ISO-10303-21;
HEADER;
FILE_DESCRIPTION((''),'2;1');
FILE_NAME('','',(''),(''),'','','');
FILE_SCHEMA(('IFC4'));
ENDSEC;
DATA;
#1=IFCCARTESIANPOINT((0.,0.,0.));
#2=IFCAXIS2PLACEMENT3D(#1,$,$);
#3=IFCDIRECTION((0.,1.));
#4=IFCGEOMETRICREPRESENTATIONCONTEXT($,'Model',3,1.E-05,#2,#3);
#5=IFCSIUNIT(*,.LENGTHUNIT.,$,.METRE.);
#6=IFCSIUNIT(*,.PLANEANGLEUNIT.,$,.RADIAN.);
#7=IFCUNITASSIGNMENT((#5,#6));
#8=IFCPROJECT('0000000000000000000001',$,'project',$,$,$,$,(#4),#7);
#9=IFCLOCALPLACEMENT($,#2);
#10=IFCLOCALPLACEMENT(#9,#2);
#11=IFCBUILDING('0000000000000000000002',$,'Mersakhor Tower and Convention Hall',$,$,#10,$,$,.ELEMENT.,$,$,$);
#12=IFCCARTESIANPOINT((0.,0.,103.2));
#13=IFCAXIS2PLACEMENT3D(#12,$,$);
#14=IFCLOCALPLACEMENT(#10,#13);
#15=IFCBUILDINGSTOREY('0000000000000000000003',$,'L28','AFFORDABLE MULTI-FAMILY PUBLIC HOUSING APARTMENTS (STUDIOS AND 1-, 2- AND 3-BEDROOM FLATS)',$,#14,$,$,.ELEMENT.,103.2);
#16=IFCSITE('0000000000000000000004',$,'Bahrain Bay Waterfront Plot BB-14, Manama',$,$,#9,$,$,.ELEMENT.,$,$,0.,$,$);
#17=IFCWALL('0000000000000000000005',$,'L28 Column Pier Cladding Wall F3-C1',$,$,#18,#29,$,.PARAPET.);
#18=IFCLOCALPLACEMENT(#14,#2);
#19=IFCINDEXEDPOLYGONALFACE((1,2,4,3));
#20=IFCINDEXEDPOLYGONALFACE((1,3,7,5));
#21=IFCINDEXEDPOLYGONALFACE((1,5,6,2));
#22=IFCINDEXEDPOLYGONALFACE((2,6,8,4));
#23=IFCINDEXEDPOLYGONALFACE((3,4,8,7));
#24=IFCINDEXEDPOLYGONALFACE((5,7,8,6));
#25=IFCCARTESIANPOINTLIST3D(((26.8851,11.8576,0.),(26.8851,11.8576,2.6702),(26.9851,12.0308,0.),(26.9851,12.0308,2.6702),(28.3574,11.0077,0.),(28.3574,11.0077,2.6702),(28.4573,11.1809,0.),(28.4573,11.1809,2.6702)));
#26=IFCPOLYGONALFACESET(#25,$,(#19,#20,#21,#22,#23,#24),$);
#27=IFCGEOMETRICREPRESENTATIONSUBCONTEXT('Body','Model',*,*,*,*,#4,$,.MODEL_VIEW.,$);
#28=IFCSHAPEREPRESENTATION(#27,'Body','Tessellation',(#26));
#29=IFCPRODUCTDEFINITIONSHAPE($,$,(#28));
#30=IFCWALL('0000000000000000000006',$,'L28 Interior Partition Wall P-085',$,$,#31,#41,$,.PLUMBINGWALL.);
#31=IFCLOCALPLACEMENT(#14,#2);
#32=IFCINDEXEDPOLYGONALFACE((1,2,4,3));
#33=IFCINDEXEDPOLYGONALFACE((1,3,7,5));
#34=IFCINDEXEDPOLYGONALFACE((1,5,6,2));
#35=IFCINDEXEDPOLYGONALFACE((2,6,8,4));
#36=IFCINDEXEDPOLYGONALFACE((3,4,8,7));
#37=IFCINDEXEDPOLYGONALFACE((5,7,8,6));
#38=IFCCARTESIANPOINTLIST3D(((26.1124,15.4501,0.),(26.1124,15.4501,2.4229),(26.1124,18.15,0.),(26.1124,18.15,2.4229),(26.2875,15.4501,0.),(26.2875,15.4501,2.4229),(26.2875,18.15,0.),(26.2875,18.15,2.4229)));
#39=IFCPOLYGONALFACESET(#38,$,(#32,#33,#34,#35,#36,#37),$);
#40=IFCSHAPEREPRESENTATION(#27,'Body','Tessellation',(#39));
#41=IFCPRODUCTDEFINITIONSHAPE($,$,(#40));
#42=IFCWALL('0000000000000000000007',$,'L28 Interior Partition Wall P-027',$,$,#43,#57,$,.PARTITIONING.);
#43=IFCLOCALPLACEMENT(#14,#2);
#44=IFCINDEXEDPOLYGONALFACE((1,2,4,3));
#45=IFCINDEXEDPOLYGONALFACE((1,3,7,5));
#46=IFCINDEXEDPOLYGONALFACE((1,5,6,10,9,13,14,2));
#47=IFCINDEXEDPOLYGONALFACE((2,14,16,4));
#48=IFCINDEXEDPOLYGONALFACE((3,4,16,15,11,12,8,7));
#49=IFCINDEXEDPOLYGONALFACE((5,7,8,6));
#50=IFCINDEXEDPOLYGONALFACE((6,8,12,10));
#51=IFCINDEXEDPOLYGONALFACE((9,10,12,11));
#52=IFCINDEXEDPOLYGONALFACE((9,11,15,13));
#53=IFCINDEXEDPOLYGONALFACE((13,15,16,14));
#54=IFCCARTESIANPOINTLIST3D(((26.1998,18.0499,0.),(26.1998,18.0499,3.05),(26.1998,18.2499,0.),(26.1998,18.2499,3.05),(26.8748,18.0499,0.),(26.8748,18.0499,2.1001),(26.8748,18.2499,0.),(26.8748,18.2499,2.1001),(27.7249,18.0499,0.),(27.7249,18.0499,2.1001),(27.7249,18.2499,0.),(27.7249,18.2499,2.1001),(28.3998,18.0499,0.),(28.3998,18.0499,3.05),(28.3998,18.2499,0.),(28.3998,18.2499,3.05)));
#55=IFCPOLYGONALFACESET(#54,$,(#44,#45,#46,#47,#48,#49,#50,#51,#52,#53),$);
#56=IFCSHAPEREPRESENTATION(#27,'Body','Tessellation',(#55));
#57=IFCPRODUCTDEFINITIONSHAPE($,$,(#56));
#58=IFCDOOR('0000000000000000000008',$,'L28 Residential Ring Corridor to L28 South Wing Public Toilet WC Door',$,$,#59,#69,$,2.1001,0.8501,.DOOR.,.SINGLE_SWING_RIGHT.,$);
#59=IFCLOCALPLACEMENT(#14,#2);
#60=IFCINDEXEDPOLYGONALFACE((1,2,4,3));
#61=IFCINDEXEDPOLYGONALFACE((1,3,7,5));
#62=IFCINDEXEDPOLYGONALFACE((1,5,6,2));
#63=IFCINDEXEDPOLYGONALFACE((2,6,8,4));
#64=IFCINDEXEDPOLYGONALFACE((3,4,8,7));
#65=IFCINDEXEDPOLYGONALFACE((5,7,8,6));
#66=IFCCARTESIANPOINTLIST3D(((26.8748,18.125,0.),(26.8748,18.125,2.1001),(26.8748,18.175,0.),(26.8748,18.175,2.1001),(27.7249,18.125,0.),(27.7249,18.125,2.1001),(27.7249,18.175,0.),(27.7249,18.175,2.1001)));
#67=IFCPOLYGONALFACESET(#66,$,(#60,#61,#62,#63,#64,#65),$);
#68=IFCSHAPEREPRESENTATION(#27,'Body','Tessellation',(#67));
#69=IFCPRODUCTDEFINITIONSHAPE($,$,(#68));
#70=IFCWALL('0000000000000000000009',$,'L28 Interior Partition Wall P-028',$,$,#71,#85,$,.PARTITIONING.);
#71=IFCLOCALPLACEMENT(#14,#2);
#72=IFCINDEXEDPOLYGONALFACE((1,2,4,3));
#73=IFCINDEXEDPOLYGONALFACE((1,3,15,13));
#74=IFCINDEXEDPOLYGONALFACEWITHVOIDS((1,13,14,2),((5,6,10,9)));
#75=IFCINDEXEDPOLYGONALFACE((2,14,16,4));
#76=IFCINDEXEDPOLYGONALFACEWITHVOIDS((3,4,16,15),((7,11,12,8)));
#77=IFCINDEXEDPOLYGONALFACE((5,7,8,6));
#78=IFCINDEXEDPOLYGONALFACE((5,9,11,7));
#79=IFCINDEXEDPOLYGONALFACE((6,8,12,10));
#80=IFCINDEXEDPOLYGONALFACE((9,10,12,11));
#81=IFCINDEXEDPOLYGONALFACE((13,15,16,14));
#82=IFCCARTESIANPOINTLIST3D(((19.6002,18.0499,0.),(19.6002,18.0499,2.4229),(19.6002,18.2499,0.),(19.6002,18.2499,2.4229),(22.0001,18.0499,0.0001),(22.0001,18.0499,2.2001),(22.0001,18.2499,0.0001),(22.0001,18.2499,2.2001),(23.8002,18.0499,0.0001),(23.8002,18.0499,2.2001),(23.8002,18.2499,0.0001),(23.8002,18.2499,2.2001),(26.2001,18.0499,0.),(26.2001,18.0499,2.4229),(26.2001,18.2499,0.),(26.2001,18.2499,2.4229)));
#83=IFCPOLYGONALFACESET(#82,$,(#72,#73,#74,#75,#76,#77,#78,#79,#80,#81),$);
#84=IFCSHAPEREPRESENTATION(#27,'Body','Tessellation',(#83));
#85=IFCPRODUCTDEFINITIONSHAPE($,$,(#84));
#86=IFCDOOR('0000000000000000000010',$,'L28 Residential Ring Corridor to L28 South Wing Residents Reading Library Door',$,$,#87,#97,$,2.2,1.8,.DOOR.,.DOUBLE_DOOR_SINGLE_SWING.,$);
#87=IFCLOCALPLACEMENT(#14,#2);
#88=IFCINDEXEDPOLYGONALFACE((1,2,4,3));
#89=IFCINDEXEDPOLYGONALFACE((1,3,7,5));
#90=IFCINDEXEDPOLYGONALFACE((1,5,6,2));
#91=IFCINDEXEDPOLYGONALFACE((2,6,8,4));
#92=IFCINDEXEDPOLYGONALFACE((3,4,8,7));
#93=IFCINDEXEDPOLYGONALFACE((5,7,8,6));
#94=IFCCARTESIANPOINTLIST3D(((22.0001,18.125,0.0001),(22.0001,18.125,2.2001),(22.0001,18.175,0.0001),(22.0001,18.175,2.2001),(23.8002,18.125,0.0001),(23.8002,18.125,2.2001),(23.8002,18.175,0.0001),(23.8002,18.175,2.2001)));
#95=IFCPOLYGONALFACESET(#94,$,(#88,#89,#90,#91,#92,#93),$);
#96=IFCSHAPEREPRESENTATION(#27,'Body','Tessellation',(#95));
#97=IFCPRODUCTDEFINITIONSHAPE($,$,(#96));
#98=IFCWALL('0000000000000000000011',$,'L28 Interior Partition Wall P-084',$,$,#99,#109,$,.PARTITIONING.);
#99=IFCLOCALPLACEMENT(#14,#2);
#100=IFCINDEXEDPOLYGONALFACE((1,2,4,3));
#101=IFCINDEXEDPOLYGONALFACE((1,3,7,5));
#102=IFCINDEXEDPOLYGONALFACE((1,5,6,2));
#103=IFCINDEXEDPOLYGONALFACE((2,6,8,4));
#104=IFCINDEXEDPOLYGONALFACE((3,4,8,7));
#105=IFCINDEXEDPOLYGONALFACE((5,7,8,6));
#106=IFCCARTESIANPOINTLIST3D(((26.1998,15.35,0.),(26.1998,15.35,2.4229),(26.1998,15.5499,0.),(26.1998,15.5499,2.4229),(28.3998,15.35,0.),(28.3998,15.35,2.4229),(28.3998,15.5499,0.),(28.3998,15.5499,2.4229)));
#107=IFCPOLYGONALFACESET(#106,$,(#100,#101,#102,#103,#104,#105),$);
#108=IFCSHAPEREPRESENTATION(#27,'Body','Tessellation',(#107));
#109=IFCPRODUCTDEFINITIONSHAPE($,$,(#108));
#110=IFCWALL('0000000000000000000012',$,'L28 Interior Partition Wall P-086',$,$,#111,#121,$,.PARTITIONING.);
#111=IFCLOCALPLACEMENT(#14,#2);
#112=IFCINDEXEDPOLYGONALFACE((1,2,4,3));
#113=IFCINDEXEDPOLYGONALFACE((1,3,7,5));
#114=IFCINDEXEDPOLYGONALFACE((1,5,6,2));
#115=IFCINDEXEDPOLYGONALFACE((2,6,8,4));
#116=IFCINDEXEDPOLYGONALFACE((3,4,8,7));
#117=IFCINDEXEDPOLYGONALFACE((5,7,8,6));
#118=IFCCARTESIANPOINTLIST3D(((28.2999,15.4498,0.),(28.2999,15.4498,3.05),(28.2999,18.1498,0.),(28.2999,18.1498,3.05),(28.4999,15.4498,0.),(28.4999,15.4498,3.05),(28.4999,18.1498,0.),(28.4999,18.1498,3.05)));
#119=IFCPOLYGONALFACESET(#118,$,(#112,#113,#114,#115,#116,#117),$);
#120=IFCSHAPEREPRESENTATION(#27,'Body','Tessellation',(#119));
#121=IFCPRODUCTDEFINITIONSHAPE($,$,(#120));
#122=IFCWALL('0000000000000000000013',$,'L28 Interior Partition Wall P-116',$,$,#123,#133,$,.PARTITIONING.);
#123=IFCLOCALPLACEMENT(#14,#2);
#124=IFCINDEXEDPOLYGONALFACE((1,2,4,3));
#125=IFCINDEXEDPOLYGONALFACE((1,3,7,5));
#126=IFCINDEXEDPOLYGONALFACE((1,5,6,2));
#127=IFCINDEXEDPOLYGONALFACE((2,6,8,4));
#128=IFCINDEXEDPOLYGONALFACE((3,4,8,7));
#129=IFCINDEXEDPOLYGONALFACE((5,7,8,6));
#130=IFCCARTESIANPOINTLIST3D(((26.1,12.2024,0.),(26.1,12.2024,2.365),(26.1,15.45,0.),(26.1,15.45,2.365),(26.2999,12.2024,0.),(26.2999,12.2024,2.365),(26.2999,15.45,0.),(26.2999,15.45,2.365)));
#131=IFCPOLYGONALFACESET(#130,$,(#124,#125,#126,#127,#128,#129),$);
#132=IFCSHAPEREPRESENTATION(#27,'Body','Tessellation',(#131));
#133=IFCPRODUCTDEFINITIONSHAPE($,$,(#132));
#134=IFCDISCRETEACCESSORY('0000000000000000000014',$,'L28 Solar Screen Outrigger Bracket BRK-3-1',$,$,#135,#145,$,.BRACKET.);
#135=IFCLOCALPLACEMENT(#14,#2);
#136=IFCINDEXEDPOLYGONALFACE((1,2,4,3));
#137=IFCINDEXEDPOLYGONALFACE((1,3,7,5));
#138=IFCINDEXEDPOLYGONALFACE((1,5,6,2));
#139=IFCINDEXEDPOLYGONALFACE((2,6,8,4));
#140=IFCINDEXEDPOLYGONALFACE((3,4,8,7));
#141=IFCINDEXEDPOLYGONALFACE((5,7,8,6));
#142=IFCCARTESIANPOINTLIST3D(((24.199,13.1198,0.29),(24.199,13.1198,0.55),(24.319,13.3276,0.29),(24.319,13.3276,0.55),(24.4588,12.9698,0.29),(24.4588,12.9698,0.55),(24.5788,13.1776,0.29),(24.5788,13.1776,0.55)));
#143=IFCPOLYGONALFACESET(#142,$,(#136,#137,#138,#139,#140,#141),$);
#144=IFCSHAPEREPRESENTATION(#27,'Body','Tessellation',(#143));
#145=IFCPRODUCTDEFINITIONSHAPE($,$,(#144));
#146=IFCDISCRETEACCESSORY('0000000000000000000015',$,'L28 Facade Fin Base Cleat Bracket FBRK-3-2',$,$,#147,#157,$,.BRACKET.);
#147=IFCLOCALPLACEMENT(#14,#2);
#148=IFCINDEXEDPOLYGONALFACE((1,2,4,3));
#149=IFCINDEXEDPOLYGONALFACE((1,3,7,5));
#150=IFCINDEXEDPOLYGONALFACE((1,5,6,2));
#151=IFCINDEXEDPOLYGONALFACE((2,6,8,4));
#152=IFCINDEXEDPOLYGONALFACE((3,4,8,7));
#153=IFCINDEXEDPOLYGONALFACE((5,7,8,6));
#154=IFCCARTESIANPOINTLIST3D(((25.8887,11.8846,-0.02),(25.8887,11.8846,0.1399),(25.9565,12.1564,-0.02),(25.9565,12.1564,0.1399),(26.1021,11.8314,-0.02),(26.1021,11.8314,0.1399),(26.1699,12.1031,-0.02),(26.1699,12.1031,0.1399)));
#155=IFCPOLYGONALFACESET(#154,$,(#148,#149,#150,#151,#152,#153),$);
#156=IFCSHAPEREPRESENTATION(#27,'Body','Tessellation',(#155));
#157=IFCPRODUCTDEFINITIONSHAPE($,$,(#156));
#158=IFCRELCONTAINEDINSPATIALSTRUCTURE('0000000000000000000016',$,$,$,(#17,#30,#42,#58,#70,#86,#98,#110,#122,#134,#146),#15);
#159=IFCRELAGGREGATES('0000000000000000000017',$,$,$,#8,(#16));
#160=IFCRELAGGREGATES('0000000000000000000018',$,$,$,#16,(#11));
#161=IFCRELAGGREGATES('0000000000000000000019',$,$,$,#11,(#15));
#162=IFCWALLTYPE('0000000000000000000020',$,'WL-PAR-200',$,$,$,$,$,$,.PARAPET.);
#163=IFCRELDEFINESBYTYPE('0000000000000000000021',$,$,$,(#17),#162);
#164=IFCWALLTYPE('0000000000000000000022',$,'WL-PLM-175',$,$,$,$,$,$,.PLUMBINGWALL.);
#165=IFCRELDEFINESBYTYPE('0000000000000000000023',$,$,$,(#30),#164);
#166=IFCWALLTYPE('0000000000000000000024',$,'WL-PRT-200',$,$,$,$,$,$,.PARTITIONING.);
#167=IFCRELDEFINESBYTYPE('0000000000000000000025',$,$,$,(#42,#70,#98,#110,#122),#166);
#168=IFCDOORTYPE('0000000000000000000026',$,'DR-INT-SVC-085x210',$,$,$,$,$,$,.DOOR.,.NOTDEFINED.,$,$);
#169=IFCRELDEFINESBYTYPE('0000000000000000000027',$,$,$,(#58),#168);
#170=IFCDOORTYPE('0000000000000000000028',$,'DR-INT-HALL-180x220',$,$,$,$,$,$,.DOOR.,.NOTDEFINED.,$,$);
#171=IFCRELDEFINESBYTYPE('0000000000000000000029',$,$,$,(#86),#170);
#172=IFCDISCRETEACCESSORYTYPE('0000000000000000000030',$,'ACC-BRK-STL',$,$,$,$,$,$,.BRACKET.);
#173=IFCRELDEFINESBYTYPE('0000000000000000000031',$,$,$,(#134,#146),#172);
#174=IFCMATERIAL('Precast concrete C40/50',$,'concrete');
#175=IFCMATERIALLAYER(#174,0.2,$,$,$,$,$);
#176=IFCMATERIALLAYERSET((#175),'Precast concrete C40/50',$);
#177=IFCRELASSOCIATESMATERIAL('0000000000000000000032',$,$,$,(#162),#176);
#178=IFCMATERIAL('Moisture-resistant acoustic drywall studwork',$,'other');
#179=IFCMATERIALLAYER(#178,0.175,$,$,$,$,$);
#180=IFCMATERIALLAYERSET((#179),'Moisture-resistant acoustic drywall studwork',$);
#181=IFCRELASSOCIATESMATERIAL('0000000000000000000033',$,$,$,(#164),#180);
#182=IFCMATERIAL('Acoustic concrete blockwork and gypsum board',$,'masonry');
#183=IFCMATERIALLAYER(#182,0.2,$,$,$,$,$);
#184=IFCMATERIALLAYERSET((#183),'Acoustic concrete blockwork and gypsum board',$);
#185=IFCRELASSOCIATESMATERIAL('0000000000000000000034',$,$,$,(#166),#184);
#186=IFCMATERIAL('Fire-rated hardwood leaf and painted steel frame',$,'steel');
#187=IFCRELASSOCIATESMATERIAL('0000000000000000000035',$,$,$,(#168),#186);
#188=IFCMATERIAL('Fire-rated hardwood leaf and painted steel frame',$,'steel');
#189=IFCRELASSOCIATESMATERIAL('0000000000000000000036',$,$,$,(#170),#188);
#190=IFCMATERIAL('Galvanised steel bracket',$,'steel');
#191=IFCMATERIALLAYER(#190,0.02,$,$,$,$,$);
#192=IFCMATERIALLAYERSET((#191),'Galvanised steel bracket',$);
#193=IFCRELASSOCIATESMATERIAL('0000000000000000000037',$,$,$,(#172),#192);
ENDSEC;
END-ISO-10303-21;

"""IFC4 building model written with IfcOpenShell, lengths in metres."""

from ifc_helpers import new_model, si_unit, direction, frame, frame_2d, origin, origin_2d, place, context, subcontext, project, spatial, rectangle, extrude, material, layer, layer_set, type_object, element, fill, save


model = new_model("IFC4")

# Units and contexts
model_context = context("Model", 3, precision=1e-05, world=origin(), true_north=direction((0.0, 1.0)))
body_context = subcontext(model_context, "Body", "Model", "MODEL_VIEW")
ifc_project = project(units=[si_unit("LENGTHUNIT", "METRE"), si_unit("PLANEANGLEUNIT", "RADIAN")], contexts=[model_context])

# Site, building, storey
site_placement = place(None, origin())
site = spatial("IfcSite", under=ifc_project, at=site_placement, Name="Bahrain Bay Waterfront Plot BB-14, Manama", CompositionType="ELEMENT", RefElevation=0.0)
building_placement = place(site_placement, origin())
building = spatial("IfcBuilding", under=site, at=building_placement, Name="Mersakhor Tower and Convention Hall", CompositionType="ELEMENT")
storey_placement = place(building_placement, frame((0.0, 0.0, 103.2)))
storey = spatial("IfcBuildingStorey", under=building, at=storey_placement, Name="L28", Description="AFFORDABLE MULTI-FAMILY PUBLIC HOUSING APARTMENTS (STUDIOS AND 1-, 2- AND 3-BEDROOM FLATS)", CompositionType="ELEMENT", Elevation=103.2)

# Walls
ifc_material_1 = material(Name="Precast concrete C40/50", Category="concrete")
ifc_layer_1 = layer(ifc_material_1, 0.2)
ifc_layer_set_1 = layer_set([ifc_layer_1], Name="Precast concrete C40/50")
wall_type_1 = type_object("IfcWallType", Name="WL-PAR-200", PredefinedType="PARAPET", material=ifc_layer_set_1)
wall_1_placement = place(storey_placement, frame((28.4075, 11.0942, 0.0), z_axis=(0.0, 0.0, 1.0), x_axis=(-0.866052, 0.499955, 0.0)))
element("IfcWall", 1, at=wall_1_placement, inside=storey, type_object=wall_type_1, Name="L28 Column Pier Cladding Wall F3-C1", PredefinedType="PARAPET", context=body_context, shape_type="SweptSolid", body=[
    extrude(rectangle(XDim=1.7, YDim=0.2, at=frame_2d((0.8501, 0.0))), origin(), (0.0, 0.0, 1.0), 2.6702),
])
ifc_material_2 = material(Name="Moisture-resistant acoustic drywall studwork", Category="other")
ifc_layer_2 = layer(ifc_material_2, 0.175)
ifc_layer_set_2 = layer_set([ifc_layer_2], Name="Moisture-resistant acoustic drywall studwork")
wall_type_2 = type_object("IfcWallType", Name="WL-PLM-175", PredefinedType="PLUMBINGWALL", material=ifc_layer_set_2)
wall_2_placement = place(storey_placement, frame((26.2, 15.45, 0.0), z_axis=(0.0, 0.0, 1.0), x_axis=(0.0, 1.0, 0.0)))
element("IfcWall", 2, at=wall_2_placement, inside=storey, type_object=wall_type_2, Name="L28 Interior Partition Wall P-085", PredefinedType="PLUMBINGWALL", context=body_context, shape_type="SweptSolid", body=[
    extrude(rectangle(XDim=2.7, YDim=0.175, at=frame_2d((1.3501, 0.0))), origin(), (0.0, 0.0, 1.0), 2.4229),
])

# Walls, openings, doors
ifc_material_3 = material(Name="Acoustic concrete blockwork and gypsum board", Category="masonry")
ifc_layer_3 = layer(ifc_material_3, 0.2)
ifc_layer_set_3 = layer_set([ifc_layer_3], Name="Acoustic concrete blockwork and gypsum board")
wall_type_3 = type_object("IfcWallType", Name="WL-PRT-200", PredefinedType="PARTITIONING", material=ifc_layer_set_3)
wall_3_placement = place(storey_placement, frame((28.3999, 18.1499, 0.0), z_axis=(0.0, 0.0, 1.0), x_axis=(-1.0, 0.0, 0.0)))
wall_3 = element("IfcWall", 3, at=wall_3_placement, inside=storey, type_object=wall_type_3, Name="L28 Interior Partition Wall P-027", PredefinedType="PARTITIONING", context=body_context, shape_type="SweptSolid", body=[
    extrude(rectangle(XDim=2.2, YDim=0.2, at=frame_2d((1.1001, 0.0))), origin(), (0.0, 0.0, 1.0), 3.05),
])
opening_1_placement = place(wall_3_placement, frame((0.675, 0.0, 0.0)))
opening_1 = element("IfcOpeningElement", 4, at=opening_1_placement, cuts=wall_3, PredefinedType="OPENING", context=body_context, shape_type="SweptSolid", body=[
    extrude(rectangle(XDim=0.8501, YDim=2.1001, at=frame_2d((0.425, 1.05))), frame((0.0, 0.1099, 0.0), z_axis=(0.0, -1.0, 0.0), x_axis=(1.0, 0.0, 0.0)), (0.0, 0.0, 1.0), 0.22),
])
ifc_material_4 = material(Name="Fire-rated hardwood leaf and painted steel frame", Category="steel")
door_type_1 = type_object("IfcDoorType", Name="DR-INT-SVC-085x210", OperationType="NOTDEFINED", PredefinedType="DOOR", material=ifc_material_4)
door_1_placement = place(opening_1_placement, origin())
door_1 = element("IfcDoor", 5, at=door_1_placement, inside=storey, type_object=door_type_1, Name="L28 Residential Ring Corridor to L28 South Wing Public Toilet WC Door", OperationType="SINGLE_SWING_RIGHT", OverallHeight=2.1001, OverallWidth=0.8501, PredefinedType="DOOR", context=body_context, shape_type="SweptSolid", body=[
    extrude(rectangle(XDim=0.8501, YDim=2.1001, at=frame_2d((0.425, 1.05))), frame((0.0, 0.0249, 0.0), z_axis=(0.0, -1.0, 0.0), x_axis=(1.0, 0.0, 0.0)), (0.0, 0.0, 1.0), 0.05),
])
fill(opening_1, door_1)
wall_4_placement = place(storey_placement, frame((26.2, 18.1499, 0.0), z_axis=(0.0, 0.0, 1.0), x_axis=(-1.0, 0.0, 0.0)))
wall_4 = element("IfcWall", 6, at=wall_4_placement, inside=storey, type_object=wall_type_3, Name="L28 Interior Partition Wall P-028", PredefinedType="PARTITIONING", context=body_context, shape_type="SweptSolid", body=[
    extrude(rectangle(XDim=6.5999, YDim=0.2, at=frame_2d((3.2998, 0.0))), origin(), (0.0, 0.0, 1.0), 2.4229),
])
opening_2_placement = place(wall_4_placement, frame((2.3999, 0.0, 0.0)))
opening_2 = element("IfcOpeningElement", 7, at=opening_2_placement, cuts=wall_4, PredefinedType="OPENING", context=body_context, shape_type="SweptSolid", body=[
    extrude(rectangle(XDim=1.8, YDim=2.2, at=frame_2d((0.8999, 1.1001))), frame((0.0, 0.1099, 0.0), z_axis=(0.0, -1.0, 0.0), x_axis=(1.0, 0.0, 0.0)), (0.0, 0.0, 1.0), 0.22),
])
ifc_material_5 = material(Name="Fire-rated hardwood leaf and painted steel frame", Category="steel")
door_type_2 = type_object("IfcDoorType", Name="DR-INT-HALL-180x220", OperationType="NOTDEFINED", PredefinedType="DOOR", material=ifc_material_5)
door_2_placement = place(opening_2_placement, origin())
door_2 = element("IfcDoor", 8, at=door_2_placement, inside=storey, type_object=door_type_2, Name="L28 Residential Ring Corridor to L28 South Wing Residents Reading Library Door", OperationType="DOUBLE_DOOR_SINGLE_SWING", OverallHeight=2.2, OverallWidth=1.8, PredefinedType="DOOR", context=body_context, shape_type="SweptSolid", body=[
    extrude(rectangle(XDim=1.8, YDim=2.2, at=frame_2d((0.8999, 1.1001))), frame((0.0, 0.0249, 0.0), z_axis=(0.0, -1.0, 0.0), x_axis=(1.0, 0.0, 0.0)), (0.0, 0.0, 1.0), 0.05),
])
fill(opening_2, door_2)

# Walls
wall_5_placement = place(storey_placement, frame((28.3999, 15.45, 0.0), z_axis=(0.0, 0.0, 1.0), x_axis=(-1.0, 0.0, 0.0)))
element("IfcWall", 9, at=wall_5_placement, inside=storey, type_object=wall_type_3, Name="L28 Interior Partition Wall P-084", PredefinedType="PARTITIONING", context=body_context, shape_type="SweptSolid", body=[
    extrude(rectangle(XDim=2.2, YDim=0.2, at=frame_2d((1.1001, 0.0))), origin(), (0.0, 0.0, 1.0), 2.4229),
])
wall_6_placement = place(storey_placement, frame((28.3999, 18.1499, 0.0), z_axis=(0.0, 0.0, 1.0), x_axis=(0.0, -1.0, 0.0)))
element("IfcWall", 10, at=wall_6_placement, inside=storey, type_object=wall_type_3, Name="L28 Interior Partition Wall P-086", PredefinedType="PARTITIONING", context=body_context, shape_type="SweptSolid", body=[
    extrude(rectangle(XDim=2.7, YDim=0.2, at=frame_2d((1.3501, 0.0))), origin(), (0.0, 0.0, 1.0), 3.05),
])
wall_7_placement = place(storey_placement, frame((26.2, 15.45, 0.0), z_axis=(0.0, 0.0, 1.0), x_axis=(0.0, -1.0, 0.0)))
element("IfcWall", 11, at=wall_7_placement, inside=storey, type_object=wall_type_3, Name="L28 Interior Partition Wall P-116", PredefinedType="PARTITIONING", context=body_context, shape_type="SweptSolid", body=[
    extrude(rectangle(XDim=3.2476, YDim=0.2, at=frame_2d((1.6238, 0.0))), origin(), (0.0, 0.0, 1.0), 2.365),
])

# Discrete accessories
ifc_material_6 = material(Name="Galvanised steel bracket", Category="steel")
ifc_layer_4 = layer(ifc_material_6, 0.02)
ifc_layer_set_4 = layer_set([ifc_layer_4], Name="Galvanised steel bracket")
discrete_accessory_type = type_object("IfcDiscreteAccessoryType", Name="ACC-BRK-STL", PredefinedType="BRACKET", material=ifc_layer_set_4)
discrete_accessory_1_placement = place(storey_placement, frame((24.3889, 13.1487, 0.29), z_axis=(0.0, 0.0, 1.0), x_axis=(-0.866025, 0.5, 0.0)))
element("IfcDiscreteAccessory", 12, at=discrete_accessory_1_placement, inside=storey, type_object=discrete_accessory_type, Name="L28 Solar Screen Outrigger Bracket BRK-3-1", PredefinedType="BRACKET", context=body_context, shape_type="SweptSolid", body=[
    extrude(rectangle(XDim=0.3, YDim=0.24, at=origin_2d()), origin(), (0.0, 0.0, 1.0), 0.26),
])
discrete_accessory_2_placement = place(storey_placement, frame((26.0293, 11.9939, -0.02), z_axis=(0.0, 0.0, 1.0), x_axis=(-0.241922, -0.970296, 0.0)))
element("IfcDiscreteAccessory", 13, at=discrete_accessory_2_placement, inside=storey, type_object=discrete_accessory_type, Name="L28 Facade Fin Base Cleat Bracket FBRK-3-2", PredefinedType="BRACKET", context=body_context, shape_type="SweptSolid", body=[
    extrude(rectangle(XDim=0.28, YDim=0.22, at=origin_2d()), origin(), (0.0, 0.0, 1.0), 0.1599),
])

save(model, "model.ifc")
